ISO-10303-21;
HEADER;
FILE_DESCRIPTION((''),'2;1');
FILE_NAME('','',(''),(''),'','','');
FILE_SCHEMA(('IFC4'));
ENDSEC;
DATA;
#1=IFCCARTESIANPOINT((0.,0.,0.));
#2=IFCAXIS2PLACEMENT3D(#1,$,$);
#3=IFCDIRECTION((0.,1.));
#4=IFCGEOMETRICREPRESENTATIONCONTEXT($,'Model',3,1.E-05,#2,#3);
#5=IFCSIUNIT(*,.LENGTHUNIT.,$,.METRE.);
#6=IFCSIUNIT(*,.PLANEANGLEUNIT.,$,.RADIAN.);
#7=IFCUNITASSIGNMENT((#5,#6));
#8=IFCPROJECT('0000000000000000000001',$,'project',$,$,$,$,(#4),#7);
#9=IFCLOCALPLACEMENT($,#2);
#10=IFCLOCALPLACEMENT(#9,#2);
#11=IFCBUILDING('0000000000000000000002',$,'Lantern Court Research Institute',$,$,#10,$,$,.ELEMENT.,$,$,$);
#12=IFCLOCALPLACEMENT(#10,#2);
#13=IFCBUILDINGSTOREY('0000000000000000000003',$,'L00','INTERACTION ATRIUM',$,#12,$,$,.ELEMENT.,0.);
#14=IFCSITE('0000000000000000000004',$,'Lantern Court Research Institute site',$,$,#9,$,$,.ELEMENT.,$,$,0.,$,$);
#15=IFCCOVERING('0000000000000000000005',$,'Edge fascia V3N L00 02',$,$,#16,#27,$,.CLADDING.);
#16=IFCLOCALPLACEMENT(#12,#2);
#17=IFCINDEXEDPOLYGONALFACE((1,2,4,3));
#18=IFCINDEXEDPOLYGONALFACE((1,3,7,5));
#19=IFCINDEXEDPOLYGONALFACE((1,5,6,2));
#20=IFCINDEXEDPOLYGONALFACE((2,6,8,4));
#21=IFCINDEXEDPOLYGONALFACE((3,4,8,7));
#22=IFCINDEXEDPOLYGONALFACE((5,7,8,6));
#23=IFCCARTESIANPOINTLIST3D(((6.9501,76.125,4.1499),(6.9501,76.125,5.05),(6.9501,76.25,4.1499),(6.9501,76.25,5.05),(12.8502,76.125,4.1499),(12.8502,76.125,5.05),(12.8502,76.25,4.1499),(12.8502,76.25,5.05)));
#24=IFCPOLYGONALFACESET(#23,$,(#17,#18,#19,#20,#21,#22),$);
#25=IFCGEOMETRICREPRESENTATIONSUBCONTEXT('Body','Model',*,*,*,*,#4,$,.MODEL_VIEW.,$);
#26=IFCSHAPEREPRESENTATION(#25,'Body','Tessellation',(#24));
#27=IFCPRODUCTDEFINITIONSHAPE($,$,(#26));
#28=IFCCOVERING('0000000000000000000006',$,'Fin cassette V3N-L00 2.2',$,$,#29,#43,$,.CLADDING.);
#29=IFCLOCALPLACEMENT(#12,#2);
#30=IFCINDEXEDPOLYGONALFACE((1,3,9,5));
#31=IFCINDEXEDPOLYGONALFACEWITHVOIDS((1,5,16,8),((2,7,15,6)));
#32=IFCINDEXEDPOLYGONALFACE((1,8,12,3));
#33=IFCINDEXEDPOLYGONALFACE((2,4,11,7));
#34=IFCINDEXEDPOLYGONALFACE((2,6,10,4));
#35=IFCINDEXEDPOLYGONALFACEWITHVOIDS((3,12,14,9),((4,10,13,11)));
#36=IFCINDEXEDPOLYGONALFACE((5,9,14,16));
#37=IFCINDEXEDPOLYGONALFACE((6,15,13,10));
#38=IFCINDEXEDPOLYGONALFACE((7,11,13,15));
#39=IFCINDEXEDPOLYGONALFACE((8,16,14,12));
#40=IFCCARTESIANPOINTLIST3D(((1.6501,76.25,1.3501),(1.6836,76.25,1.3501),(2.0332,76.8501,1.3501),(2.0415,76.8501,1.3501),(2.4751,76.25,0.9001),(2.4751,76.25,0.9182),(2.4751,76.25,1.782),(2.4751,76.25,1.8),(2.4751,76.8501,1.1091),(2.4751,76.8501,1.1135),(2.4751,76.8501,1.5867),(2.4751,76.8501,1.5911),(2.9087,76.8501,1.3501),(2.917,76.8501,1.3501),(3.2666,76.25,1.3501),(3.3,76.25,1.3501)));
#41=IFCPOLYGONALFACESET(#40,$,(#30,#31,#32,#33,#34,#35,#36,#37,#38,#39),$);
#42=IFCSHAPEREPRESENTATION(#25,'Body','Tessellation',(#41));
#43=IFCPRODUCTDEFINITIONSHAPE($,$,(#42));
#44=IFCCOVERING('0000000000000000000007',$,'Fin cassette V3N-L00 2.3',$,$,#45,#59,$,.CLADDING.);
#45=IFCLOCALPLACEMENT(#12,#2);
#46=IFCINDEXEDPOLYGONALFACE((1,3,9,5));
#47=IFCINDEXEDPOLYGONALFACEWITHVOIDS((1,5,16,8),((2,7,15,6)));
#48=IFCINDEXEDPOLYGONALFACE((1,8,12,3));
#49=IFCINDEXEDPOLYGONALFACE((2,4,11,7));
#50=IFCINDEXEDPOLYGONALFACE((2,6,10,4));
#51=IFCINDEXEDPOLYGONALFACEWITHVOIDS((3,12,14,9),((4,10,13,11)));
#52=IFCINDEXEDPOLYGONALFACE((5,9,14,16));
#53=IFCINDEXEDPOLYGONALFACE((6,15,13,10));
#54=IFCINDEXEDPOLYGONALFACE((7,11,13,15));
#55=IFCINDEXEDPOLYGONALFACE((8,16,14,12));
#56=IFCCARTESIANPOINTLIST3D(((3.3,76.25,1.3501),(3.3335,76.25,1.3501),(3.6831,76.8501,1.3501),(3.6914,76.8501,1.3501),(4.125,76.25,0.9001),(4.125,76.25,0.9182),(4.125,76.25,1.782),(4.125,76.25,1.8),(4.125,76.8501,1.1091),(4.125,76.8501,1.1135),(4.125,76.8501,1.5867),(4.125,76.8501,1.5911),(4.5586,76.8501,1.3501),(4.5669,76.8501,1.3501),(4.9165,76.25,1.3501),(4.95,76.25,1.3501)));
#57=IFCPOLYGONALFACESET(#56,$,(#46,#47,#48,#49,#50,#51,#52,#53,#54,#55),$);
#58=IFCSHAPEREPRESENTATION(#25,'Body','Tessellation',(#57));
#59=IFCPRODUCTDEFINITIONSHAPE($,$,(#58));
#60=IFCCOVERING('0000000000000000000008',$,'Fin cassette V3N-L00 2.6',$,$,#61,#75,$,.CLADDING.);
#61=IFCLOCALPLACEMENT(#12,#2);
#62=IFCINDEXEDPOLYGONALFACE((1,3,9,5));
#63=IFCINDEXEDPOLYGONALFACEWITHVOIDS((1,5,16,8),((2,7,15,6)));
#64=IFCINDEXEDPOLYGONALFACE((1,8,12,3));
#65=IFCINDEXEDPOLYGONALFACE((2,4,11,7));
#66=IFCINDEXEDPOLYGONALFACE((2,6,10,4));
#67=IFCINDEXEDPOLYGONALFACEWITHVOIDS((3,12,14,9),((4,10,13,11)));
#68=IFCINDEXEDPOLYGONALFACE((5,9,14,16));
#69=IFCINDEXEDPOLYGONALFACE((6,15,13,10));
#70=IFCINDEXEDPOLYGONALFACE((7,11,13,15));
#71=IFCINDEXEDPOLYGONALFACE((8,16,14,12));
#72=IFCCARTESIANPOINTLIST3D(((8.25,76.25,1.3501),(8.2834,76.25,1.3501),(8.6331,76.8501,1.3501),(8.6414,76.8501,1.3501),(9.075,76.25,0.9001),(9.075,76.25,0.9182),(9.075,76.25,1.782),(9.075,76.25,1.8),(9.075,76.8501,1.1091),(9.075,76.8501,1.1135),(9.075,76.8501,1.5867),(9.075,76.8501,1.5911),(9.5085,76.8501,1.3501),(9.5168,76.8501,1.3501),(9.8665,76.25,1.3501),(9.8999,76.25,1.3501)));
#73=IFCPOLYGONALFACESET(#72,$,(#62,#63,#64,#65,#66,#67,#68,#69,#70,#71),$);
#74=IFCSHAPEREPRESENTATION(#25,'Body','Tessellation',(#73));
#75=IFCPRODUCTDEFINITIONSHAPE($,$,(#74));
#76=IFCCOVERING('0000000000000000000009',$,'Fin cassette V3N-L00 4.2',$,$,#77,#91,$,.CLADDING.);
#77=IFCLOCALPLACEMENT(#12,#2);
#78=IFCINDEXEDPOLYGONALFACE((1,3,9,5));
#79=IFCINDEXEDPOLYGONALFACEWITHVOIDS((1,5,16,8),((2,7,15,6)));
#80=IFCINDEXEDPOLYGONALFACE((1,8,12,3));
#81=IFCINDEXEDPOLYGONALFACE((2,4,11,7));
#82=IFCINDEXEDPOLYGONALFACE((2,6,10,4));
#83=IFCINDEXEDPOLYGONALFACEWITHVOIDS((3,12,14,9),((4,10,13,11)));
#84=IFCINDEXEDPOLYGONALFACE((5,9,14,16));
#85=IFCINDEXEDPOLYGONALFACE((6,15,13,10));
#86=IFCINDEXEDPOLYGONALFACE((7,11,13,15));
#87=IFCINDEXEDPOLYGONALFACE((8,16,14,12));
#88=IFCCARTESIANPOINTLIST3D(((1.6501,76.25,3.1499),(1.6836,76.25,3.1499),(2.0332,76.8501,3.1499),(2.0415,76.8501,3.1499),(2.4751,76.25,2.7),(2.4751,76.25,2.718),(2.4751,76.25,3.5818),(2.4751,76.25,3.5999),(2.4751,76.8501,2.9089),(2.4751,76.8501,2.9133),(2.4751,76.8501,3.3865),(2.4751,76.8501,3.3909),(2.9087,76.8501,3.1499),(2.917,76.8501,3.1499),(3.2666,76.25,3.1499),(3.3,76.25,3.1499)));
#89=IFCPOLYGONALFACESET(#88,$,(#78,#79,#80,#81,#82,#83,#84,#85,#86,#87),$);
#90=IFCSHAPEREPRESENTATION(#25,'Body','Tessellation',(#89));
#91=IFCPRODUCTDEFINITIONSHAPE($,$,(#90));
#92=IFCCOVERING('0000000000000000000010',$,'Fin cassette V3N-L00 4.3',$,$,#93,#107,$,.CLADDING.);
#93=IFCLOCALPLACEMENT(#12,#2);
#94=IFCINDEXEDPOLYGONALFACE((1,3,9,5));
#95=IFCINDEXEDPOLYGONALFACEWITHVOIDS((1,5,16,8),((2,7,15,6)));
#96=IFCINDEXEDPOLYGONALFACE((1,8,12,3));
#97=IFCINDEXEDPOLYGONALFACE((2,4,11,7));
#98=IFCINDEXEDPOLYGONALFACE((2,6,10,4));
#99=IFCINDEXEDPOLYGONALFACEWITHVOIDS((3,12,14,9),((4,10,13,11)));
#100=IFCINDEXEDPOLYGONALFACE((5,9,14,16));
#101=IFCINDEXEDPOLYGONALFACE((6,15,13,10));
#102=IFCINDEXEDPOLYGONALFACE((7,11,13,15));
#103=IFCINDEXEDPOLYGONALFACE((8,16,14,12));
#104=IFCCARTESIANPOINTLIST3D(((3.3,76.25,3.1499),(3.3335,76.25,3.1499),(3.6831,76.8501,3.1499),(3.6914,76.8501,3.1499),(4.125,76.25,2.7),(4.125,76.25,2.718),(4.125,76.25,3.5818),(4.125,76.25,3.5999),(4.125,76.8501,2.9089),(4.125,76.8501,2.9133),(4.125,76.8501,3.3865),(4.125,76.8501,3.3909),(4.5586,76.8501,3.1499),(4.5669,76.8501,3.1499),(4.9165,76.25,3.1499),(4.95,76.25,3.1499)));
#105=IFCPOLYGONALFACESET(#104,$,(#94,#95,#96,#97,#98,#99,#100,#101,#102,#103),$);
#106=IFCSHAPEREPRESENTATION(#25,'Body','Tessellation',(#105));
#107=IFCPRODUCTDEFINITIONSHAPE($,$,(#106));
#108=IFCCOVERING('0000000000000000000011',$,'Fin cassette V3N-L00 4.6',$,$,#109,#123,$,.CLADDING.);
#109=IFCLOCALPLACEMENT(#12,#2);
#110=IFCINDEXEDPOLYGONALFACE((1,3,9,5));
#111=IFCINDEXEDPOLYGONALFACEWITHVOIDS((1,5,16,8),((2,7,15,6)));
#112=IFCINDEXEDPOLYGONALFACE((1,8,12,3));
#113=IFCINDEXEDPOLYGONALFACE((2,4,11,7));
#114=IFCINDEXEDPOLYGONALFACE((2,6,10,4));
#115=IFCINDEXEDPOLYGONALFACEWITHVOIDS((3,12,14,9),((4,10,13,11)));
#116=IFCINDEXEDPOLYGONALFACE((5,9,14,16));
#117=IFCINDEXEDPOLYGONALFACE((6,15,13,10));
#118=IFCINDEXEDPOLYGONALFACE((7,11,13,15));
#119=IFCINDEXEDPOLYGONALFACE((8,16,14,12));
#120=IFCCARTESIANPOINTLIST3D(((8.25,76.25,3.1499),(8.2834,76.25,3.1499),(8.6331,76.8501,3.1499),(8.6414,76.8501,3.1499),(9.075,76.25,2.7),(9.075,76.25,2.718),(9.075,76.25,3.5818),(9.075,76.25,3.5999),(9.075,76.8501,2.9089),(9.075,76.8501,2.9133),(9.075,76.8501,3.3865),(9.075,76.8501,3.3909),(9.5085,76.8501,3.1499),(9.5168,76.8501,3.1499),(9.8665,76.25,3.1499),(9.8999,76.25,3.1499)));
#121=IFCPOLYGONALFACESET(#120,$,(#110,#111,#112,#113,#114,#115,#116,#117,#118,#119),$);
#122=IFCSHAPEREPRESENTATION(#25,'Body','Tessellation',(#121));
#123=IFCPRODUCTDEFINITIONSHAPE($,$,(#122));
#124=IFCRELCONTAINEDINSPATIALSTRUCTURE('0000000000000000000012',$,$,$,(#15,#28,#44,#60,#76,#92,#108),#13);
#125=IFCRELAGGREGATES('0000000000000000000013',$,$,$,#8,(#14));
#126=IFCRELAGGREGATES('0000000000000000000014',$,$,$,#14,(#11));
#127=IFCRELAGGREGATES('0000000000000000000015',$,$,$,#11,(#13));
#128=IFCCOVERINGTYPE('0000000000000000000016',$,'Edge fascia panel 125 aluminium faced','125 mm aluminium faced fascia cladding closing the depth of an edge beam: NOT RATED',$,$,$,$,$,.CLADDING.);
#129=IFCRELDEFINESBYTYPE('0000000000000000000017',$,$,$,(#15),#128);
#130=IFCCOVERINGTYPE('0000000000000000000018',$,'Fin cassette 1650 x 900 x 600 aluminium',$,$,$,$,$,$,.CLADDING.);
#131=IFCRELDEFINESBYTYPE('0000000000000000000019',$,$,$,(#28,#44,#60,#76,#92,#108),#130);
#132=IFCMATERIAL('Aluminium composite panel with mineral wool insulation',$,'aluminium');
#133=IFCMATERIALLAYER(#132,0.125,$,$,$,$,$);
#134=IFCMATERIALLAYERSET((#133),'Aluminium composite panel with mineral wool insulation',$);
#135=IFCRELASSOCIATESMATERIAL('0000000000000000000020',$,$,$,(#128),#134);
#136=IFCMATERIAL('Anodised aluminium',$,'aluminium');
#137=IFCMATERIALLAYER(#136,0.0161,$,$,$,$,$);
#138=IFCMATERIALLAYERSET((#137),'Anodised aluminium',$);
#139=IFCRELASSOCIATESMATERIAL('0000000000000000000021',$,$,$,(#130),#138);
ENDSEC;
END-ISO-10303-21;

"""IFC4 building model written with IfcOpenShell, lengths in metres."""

from ifc_helpers import new_model, entity, si_unit, direction, frame, frame_2d, origin, place, context, subcontext, project, spatial, rectangle, extrude, material, layer, layer_set, type_object, element, save


model = new_model("IFC4")

# Units and contexts
model_context = context("Model", 3, precision=1e-05, world=origin(), true_north=direction((0.0, 1.0)))
body_context = subcontext(model_context, "Body", "Model", "MODEL_VIEW")
ifc_project = project(units=[si_unit("LENGTHUNIT", "METRE"), si_unit("PLANEANGLEUNIT", "RADIAN")], contexts=[model_context])

# Site, building, storey
site_placement = place(None, origin())
site = spatial("IfcSite", under=ifc_project, at=site_placement, Name="Lantern Court Research Institute site", CompositionType="ELEMENT", RefElevation=0.0)
building_placement = place(site_placement, origin())
building = spatial("IfcBuilding", under=site, at=building_placement, Name="Lantern Court Research Institute", CompositionType="ELEMENT")
storey_placement = place(building_placement, origin())
storey = spatial("IfcBuildingStorey", under=building, at=storey_placement, Name="L00", Description="INTERACTION ATRIUM", CompositionType="ELEMENT", Elevation=0.0)

# Coverings
ifc_material_1 = material(Name="Aluminium composite panel with mineral wool insulation", Category="aluminium")
ifc_layer_1 = layer(ifc_material_1, 0.125)
ifc_layer_set_1 = layer_set([ifc_layer_1], Name="Aluminium composite panel with mineral wool insulation")
covering_type_1 = type_object("IfcCoveringType", Name="Edge fascia panel 125 aluminium faced", Description="125 mm aluminium faced fascia cladding closing the depth of an edge beam: NOT RATED", PredefinedType="CLADDING", material=ifc_layer_set_1)
covering_1_placement = place(storey_placement, frame((6.95, 76.1875, 4.1499), z_axis=(0.0, 0.0, 1.0), x_axis=(1.0, 0.0, 0.0)))
element("IfcCovering", 1, at=covering_1_placement, inside=storey, type_object=covering_type_1, Name="Edge fascia V3N L00 02", PredefinedType="CLADDING", context=body_context, shape_type="SweptSolid", body=[
    extrude(rectangle(XDim=5.9001, YDim=0.125, at=frame_2d((2.9502, 0.0))), origin(), (0.0, 0.0, 1.0), 0.9001),
])
ifc_material_2 = material(Name="Anodised aluminium", Category="aluminium")
ifc_layer_2 = layer(ifc_material_2, 0.0161)
ifc_layer_set_2 = layer_set([ifc_layer_2], Name="Anodised aluminium")
covering_type_2 = type_object("IfcCoveringType", Name="Fin cassette 1650 x 900 x 600 aluminium", PredefinedType="CLADDING", material=ifc_layer_set_2)
covering_2_placement = place(storey_placement, frame((2.4751, 76.25, 1.3501), z_axis=(0.0, 1.0, 0.0), x_axis=(-1.0, 0.0, 0.0)))
cartesian_point_1 = entity("IfcCartesianPoint", [0.825, 0.0])
cartesian_point_2 = entity("IfcCartesianPoint", [0.7915, 0.0])
cartesian_point_3 = entity("IfcCartesianPoint", [0.4419, 0.0])
cartesian_point_4 = entity("IfcCartesianPoint", [0.4336, 0.0])
element("IfcCovering", 2, at=covering_2_placement, inside=storey, type_object=covering_type_2, Name="Fin cassette V3N-L00 2.2", PredefinedType="CLADDING", context=body_context, shape_type="SweptSolid", body=[
    entity("IfcExtrudedAreaSolidTapered", entity("IfcArbitraryProfileDefWithVoids", "AREA", None, entity("IfcPolyline", [cartesian_point_1, entity("IfcCartesianPoint", [0.0, 0.45]), entity("IfcCartesianPoint", [-0.825, 0.0]), entity("IfcCartesianPoint", [0.0, -0.45]), cartesian_point_1]), [entity("IfcPolyline", [cartesian_point_2, entity("IfcCartesianPoint", [0.0, 0.4319]), entity("IfcCartesianPoint", [-0.7915, 0.0]), entity("IfcCartesianPoint", [0.0, -0.4319]), cartesian_point_2])]), entity("IfcAxis2Placement3D", entity("IfcCartesianPoint", [0.0, 0.0, 0.0])), entity("IfcDirection", [0.0, 0.0, 1.0]), 0.6001, entity("IfcArbitraryProfileDefWithVoids", "AREA", None, entity("IfcPolyline", [cartesian_point_3, entity("IfcCartesianPoint", [0.0, 0.241]), entity("IfcCartesianPoint", [-0.4419, 0.0]), entity("IfcCartesianPoint", [0.0, -0.241]), cartesian_point_3]), [entity("IfcPolyline", [cartesian_point_4, entity("IfcCartesianPoint", [0.0, 0.2366]), entity("IfcCartesianPoint", [-0.4336, 0.0]), entity("IfcCartesianPoint", [0.0, -0.2366]), cartesian_point_4])])),
])
covering_3_placement = place(storey_placement, frame((4.125, 76.25, 1.3501), z_axis=(0.0, 1.0, 0.0), x_axis=(-1.0, 0.0, 0.0)))
cartesian_point_5 = entity("IfcCartesianPoint", [0.825, 0.0])
cartesian_point_6 = entity("IfcCartesianPoint", [0.7915, 0.0])
cartesian_point_7 = entity("IfcCartesianPoint", [0.4419, 0.0])
cartesian_point_8 = entity("IfcCartesianPoint", [0.4336, 0.0])
element("IfcCovering", 3, at=covering_3_placement, inside=storey, type_object=covering_type_2, Name="Fin cassette V3N-L00 2.3", PredefinedType="CLADDING", context=body_context, shape_type="SweptSolid", body=[
    entity("IfcExtrudedAreaSolidTapered", entity("IfcArbitraryProfileDefWithVoids", "AREA", None, entity("IfcPolyline", [cartesian_point_5, entity("IfcCartesianPoint", [0.0, 0.45]), entity("IfcCartesianPoint", [-0.825, 0.0]), entity("IfcCartesianPoint", [0.0, -0.45]), cartesian_point_5]), [entity("IfcPolyline", [cartesian_point_6, entity("IfcCartesianPoint", [0.0, 0.4319]), entity("IfcCartesianPoint", [-0.7915, 0.0]), entity("IfcCartesianPoint", [0.0, -0.4319]), cartesian_point_6])]), entity("IfcAxis2Placement3D", entity("IfcCartesianPoint", [0.0, 0.0, 0.0])), entity("IfcDirection", [0.0, 0.0, 1.0]), 0.6001, entity("IfcArbitraryProfileDefWithVoids", "AREA", None, entity("IfcPolyline", [cartesian_point_7, entity("IfcCartesianPoint", [0.0, 0.241]), entity("IfcCartesianPoint", [-0.4419, 0.0]), entity("IfcCartesianPoint", [0.0, -0.241]), cartesian_point_7]), [entity("IfcPolyline", [cartesian_point_8, entity("IfcCartesianPoint", [0.0, 0.2366]), entity("IfcCartesianPoint", [-0.4336, 0.0]), entity("IfcCartesianPoint", [0.0, -0.2366]), cartesian_point_8])])),
])
covering_4_placement = place(storey_placement, frame((9.075, 76.25, 1.3501), z_axis=(0.0, 1.0, 0.0), x_axis=(-1.0, 0.0, 0.0)))
cartesian_point_9 = entity("IfcCartesianPoint", [0.825, 0.0])
cartesian_point_10 = entity("IfcCartesianPoint", [0.7915, 0.0])
cartesian_point_11 = entity("IfcCartesianPoint", [0.4419, 0.0])
cartesian_point_12 = entity("IfcCartesianPoint", [0.4336, 0.0])
element("IfcCovering", 4, at=covering_4_placement, inside=storey, type_object=covering_type_2, Name="Fin cassette V3N-L00 2.6", PredefinedType="CLADDING", context=body_context, shape_type="SweptSolid", body=[
    entity("IfcExtrudedAreaSolidTapered", entity("IfcArbitraryProfileDefWithVoids", "AREA", None, entity("IfcPolyline", [cartesian_point_9, entity("IfcCartesianPoint", [0.0, 0.45]), entity("IfcCartesianPoint", [-0.825, 0.0]), entity("IfcCartesianPoint", [0.0, -0.45]), cartesian_point_9]), [entity("IfcPolyline", [cartesian_point_10, entity("IfcCartesianPoint", [0.0, 0.4319]), entity("IfcCartesianPoint", [-0.7915, 0.0]), entity("IfcCartesianPoint", [0.0, -0.4319]), cartesian_point_10])]), entity("IfcAxis2Placement3D", entity("IfcCartesianPoint", [0.0, 0.0, 0.0])), entity("IfcDirection", [0.0, 0.0, 1.0]), 0.6001, entity("IfcArbitraryProfileDefWithVoids", "AREA", None, entity("IfcPolyline", [cartesian_point_11, entity("IfcCartesianPoint", [0.0, 0.241]), entity("IfcCartesianPoint", [-0.4419, 0.0]), entity("IfcCartesianPoint", [0.0, -0.241]), cartesian_point_11]), [entity("IfcPolyline", [cartesian_point_12, entity("IfcCartesianPoint", [0.0, 0.2366]), entity("IfcCartesianPoint", [-0.4336, 0.0]), entity("IfcCartesianPoint", [0.0, -0.2366]), cartesian_point_12])])),
])
covering_5_placement = place(storey_placement, frame((2.4751, 76.25, 3.1499), z_axis=(0.0, 1.0, 0.0), x_axis=(-1.0, 0.0, 0.0)))
cartesian_point_13 = entity("IfcCartesianPoint", [0.825, 0.0])
cartesian_point_14 = entity("IfcCartesianPoint", [0.7915, 0.0])
cartesian_point_15 = entity("IfcCartesianPoint", [0.4419, 0.0])
cartesian_point_16 = entity("IfcCartesianPoint", [0.4336, 0.0])
element("IfcCovering", 5, at=covering_5_placement, inside=storey, type_object=covering_type_2, Name="Fin cassette V3N-L00 4.2", PredefinedType="CLADDING", context=body_context, shape_type="SweptSolid", body=[
    entity("IfcExtrudedAreaSolidTapered", entity("IfcArbitraryProfileDefWithVoids", "AREA", None, entity("IfcPolyline", [cartesian_point_13, entity("IfcCartesianPoint", [0.0, 0.45]), entity("IfcCartesianPoint", [-0.825, 0.0]), entity("IfcCartesianPoint", [0.0, -0.45]), cartesian_point_13]), [entity("IfcPolyline", [cartesian_point_14, entity("IfcCartesianPoint", [0.0, 0.4319]), entity("IfcCartesianPoint", [-0.7915, 0.0]), entity("IfcCartesianPoint", [0.0, -0.4319]), cartesian_point_14])]), entity("IfcAxis2Placement3D", entity("IfcCartesianPoint", [0.0, 0.0, 0.0])), entity("IfcDirection", [0.0, 0.0, 1.0]), 0.6001, entity("IfcArbitraryProfileDefWithVoids", "AREA", None, entity("IfcPolyline", [cartesian_point_15, entity("IfcCartesianPoint", [0.0, 0.241]), entity("IfcCartesianPoint", [-0.4419, 0.0]), entity("IfcCartesianPoint", [0.0, -0.241]), cartesian_point_15]), [entity("IfcPolyline", [cartesian_point_16, entity("IfcCartesianPoint", [0.0, 0.2366]), entity("IfcCartesianPoint", [-0.4336, 0.0]), entity("IfcCartesianPoint", [0.0, -0.2366]), cartesian_point_16])])),
])
covering_6_placement = place(storey_placement, frame((4.125, 76.25, 3.1499), z_axis=(0.0, 1.0, 0.0), x_axis=(-1.0, 0.0, 0.0)))
cartesian_point_17 = entity("IfcCartesianPoint", [0.825, 0.0])
cartesian_point_18 = entity("IfcCartesianPoint", [0.7915, 0.0])
cartesian_point_19 = entity("IfcCartesianPoint", [0.4419, 0.0])
cartesian_point_20 = entity("IfcCartesianPoint", [0.4336, 0.0])
element("IfcCovering", 6, at=covering_6_placement, inside=storey, type_object=covering_type_2, Name="Fin cassette V3N-L00 4.3", PredefinedType="CLADDING", context=body_context, shape_type="SweptSolid", body=[
    entity("IfcExtrudedAreaSolidTapered", entity("IfcArbitraryProfileDefWithVoids", "AREA", None, entity("IfcPolyline", [cartesian_point_17, entity("IfcCartesianPoint", [0.0, 0.45]), entity("IfcCartesianPoint", [-0.825, 0.0]), entity("IfcCartesianPoint", [0.0, -0.45]), cartesian_point_17]), [entity("IfcPolyline", [cartesian_point_18, entity("IfcCartesianPoint", [0.0, 0.4319]), entity("IfcCartesianPoint", [-0.7915, 0.0]), entity("IfcCartesianPoint", [0.0, -0.4319]), cartesian_point_18])]), entity("IfcAxis2Placement3D", entity("IfcCartesianPoint", [0.0, 0.0, 0.0])), entity("IfcDirection", [0.0, 0.0, 1.0]), 0.6001, entity("IfcArbitraryProfileDefWithVoids", "AREA", None, entity("IfcPolyline", [cartesian_point_19, entity("IfcCartesianPoint", [0.0, 0.241]), entity("IfcCartesianPoint", [-0.4419, 0.0]), entity("IfcCartesianPoint", [0.0, -0.241]), cartesian_point_19]), [entity("IfcPolyline", [cartesian_point_20, entity("IfcCartesianPoint", [0.0, 0.2366]), entity("IfcCartesianPoint", [-0.4336, 0.0]), entity("IfcCartesianPoint", [0.0, -0.2366]), cartesian_point_20])])),
])
covering_7_placement = place(storey_placement, frame((9.075, 76.25, 3.1499), z_axis=(0.0, 1.0, 0.0), x_axis=(-1.0, 0.0, 0.0)))
cartesian_point_21 = entity("IfcCartesianPoint", [0.825, 0.0])
cartesian_point_22 = entity("IfcCartesianPoint", [0.7915, 0.0])
cartesian_point_23 = entity("IfcCartesianPoint", [0.4419, 0.0])
cartesian_point_24 = entity("IfcCartesianPoint", [0.4336, 0.0])
element("IfcCovering", 7, at=covering_7_placement, inside=storey, type_object=covering_type_2, Name="Fin cassette V3N-L00 4.6", PredefinedType="CLADDING", context=body_context, shape_type="SweptSolid", body=[
    entity("IfcExtrudedAreaSolidTapered", entity("IfcArbitraryProfileDefWithVoids", "AREA", None, entity("IfcPolyline", [cartesian_point_21, entity("IfcCartesianPoint", [0.0, 0.45]), entity("IfcCartesianPoint", [-0.825, 0.0]), entity("IfcCartesianPoint", [0.0, -0.45]), cartesian_point_21]), [entity("IfcPolyline", [cartesian_point_22, entity("IfcCartesianPoint", [0.0, 0.4319]), entity("IfcCartesianPoint", [-0.7915, 0.0]), entity("IfcCartesianPoint", [0.0, -0.4319]), cartesian_point_22])]), entity("IfcAxis2Placement3D", entity("IfcCartesianPoint", [0.0, 0.0, 0.0])), entity("IfcDirection", [0.0, 0.0, 1.0]), 0.6001, entity("IfcArbitraryProfileDefWithVoids", "AREA", None, entity("IfcPolyline", [cartesian_point_23, entity("IfcCartesianPoint", [0.0, 0.241]), entity("IfcCartesianPoint", [-0.4419, 0.0]), entity("IfcCartesianPoint", [0.0, -0.241]), cartesian_point_23]), [entity("IfcPolyline", [cartesian_point_24, entity("IfcCartesianPoint", [0.0, 0.2366]), entity("IfcCartesianPoint", [-0.4336, 0.0]), entity("IfcCartesianPoint", [0.0, -0.2366]), cartesian_point_24])])),
])

save(model, "model.ifc")
